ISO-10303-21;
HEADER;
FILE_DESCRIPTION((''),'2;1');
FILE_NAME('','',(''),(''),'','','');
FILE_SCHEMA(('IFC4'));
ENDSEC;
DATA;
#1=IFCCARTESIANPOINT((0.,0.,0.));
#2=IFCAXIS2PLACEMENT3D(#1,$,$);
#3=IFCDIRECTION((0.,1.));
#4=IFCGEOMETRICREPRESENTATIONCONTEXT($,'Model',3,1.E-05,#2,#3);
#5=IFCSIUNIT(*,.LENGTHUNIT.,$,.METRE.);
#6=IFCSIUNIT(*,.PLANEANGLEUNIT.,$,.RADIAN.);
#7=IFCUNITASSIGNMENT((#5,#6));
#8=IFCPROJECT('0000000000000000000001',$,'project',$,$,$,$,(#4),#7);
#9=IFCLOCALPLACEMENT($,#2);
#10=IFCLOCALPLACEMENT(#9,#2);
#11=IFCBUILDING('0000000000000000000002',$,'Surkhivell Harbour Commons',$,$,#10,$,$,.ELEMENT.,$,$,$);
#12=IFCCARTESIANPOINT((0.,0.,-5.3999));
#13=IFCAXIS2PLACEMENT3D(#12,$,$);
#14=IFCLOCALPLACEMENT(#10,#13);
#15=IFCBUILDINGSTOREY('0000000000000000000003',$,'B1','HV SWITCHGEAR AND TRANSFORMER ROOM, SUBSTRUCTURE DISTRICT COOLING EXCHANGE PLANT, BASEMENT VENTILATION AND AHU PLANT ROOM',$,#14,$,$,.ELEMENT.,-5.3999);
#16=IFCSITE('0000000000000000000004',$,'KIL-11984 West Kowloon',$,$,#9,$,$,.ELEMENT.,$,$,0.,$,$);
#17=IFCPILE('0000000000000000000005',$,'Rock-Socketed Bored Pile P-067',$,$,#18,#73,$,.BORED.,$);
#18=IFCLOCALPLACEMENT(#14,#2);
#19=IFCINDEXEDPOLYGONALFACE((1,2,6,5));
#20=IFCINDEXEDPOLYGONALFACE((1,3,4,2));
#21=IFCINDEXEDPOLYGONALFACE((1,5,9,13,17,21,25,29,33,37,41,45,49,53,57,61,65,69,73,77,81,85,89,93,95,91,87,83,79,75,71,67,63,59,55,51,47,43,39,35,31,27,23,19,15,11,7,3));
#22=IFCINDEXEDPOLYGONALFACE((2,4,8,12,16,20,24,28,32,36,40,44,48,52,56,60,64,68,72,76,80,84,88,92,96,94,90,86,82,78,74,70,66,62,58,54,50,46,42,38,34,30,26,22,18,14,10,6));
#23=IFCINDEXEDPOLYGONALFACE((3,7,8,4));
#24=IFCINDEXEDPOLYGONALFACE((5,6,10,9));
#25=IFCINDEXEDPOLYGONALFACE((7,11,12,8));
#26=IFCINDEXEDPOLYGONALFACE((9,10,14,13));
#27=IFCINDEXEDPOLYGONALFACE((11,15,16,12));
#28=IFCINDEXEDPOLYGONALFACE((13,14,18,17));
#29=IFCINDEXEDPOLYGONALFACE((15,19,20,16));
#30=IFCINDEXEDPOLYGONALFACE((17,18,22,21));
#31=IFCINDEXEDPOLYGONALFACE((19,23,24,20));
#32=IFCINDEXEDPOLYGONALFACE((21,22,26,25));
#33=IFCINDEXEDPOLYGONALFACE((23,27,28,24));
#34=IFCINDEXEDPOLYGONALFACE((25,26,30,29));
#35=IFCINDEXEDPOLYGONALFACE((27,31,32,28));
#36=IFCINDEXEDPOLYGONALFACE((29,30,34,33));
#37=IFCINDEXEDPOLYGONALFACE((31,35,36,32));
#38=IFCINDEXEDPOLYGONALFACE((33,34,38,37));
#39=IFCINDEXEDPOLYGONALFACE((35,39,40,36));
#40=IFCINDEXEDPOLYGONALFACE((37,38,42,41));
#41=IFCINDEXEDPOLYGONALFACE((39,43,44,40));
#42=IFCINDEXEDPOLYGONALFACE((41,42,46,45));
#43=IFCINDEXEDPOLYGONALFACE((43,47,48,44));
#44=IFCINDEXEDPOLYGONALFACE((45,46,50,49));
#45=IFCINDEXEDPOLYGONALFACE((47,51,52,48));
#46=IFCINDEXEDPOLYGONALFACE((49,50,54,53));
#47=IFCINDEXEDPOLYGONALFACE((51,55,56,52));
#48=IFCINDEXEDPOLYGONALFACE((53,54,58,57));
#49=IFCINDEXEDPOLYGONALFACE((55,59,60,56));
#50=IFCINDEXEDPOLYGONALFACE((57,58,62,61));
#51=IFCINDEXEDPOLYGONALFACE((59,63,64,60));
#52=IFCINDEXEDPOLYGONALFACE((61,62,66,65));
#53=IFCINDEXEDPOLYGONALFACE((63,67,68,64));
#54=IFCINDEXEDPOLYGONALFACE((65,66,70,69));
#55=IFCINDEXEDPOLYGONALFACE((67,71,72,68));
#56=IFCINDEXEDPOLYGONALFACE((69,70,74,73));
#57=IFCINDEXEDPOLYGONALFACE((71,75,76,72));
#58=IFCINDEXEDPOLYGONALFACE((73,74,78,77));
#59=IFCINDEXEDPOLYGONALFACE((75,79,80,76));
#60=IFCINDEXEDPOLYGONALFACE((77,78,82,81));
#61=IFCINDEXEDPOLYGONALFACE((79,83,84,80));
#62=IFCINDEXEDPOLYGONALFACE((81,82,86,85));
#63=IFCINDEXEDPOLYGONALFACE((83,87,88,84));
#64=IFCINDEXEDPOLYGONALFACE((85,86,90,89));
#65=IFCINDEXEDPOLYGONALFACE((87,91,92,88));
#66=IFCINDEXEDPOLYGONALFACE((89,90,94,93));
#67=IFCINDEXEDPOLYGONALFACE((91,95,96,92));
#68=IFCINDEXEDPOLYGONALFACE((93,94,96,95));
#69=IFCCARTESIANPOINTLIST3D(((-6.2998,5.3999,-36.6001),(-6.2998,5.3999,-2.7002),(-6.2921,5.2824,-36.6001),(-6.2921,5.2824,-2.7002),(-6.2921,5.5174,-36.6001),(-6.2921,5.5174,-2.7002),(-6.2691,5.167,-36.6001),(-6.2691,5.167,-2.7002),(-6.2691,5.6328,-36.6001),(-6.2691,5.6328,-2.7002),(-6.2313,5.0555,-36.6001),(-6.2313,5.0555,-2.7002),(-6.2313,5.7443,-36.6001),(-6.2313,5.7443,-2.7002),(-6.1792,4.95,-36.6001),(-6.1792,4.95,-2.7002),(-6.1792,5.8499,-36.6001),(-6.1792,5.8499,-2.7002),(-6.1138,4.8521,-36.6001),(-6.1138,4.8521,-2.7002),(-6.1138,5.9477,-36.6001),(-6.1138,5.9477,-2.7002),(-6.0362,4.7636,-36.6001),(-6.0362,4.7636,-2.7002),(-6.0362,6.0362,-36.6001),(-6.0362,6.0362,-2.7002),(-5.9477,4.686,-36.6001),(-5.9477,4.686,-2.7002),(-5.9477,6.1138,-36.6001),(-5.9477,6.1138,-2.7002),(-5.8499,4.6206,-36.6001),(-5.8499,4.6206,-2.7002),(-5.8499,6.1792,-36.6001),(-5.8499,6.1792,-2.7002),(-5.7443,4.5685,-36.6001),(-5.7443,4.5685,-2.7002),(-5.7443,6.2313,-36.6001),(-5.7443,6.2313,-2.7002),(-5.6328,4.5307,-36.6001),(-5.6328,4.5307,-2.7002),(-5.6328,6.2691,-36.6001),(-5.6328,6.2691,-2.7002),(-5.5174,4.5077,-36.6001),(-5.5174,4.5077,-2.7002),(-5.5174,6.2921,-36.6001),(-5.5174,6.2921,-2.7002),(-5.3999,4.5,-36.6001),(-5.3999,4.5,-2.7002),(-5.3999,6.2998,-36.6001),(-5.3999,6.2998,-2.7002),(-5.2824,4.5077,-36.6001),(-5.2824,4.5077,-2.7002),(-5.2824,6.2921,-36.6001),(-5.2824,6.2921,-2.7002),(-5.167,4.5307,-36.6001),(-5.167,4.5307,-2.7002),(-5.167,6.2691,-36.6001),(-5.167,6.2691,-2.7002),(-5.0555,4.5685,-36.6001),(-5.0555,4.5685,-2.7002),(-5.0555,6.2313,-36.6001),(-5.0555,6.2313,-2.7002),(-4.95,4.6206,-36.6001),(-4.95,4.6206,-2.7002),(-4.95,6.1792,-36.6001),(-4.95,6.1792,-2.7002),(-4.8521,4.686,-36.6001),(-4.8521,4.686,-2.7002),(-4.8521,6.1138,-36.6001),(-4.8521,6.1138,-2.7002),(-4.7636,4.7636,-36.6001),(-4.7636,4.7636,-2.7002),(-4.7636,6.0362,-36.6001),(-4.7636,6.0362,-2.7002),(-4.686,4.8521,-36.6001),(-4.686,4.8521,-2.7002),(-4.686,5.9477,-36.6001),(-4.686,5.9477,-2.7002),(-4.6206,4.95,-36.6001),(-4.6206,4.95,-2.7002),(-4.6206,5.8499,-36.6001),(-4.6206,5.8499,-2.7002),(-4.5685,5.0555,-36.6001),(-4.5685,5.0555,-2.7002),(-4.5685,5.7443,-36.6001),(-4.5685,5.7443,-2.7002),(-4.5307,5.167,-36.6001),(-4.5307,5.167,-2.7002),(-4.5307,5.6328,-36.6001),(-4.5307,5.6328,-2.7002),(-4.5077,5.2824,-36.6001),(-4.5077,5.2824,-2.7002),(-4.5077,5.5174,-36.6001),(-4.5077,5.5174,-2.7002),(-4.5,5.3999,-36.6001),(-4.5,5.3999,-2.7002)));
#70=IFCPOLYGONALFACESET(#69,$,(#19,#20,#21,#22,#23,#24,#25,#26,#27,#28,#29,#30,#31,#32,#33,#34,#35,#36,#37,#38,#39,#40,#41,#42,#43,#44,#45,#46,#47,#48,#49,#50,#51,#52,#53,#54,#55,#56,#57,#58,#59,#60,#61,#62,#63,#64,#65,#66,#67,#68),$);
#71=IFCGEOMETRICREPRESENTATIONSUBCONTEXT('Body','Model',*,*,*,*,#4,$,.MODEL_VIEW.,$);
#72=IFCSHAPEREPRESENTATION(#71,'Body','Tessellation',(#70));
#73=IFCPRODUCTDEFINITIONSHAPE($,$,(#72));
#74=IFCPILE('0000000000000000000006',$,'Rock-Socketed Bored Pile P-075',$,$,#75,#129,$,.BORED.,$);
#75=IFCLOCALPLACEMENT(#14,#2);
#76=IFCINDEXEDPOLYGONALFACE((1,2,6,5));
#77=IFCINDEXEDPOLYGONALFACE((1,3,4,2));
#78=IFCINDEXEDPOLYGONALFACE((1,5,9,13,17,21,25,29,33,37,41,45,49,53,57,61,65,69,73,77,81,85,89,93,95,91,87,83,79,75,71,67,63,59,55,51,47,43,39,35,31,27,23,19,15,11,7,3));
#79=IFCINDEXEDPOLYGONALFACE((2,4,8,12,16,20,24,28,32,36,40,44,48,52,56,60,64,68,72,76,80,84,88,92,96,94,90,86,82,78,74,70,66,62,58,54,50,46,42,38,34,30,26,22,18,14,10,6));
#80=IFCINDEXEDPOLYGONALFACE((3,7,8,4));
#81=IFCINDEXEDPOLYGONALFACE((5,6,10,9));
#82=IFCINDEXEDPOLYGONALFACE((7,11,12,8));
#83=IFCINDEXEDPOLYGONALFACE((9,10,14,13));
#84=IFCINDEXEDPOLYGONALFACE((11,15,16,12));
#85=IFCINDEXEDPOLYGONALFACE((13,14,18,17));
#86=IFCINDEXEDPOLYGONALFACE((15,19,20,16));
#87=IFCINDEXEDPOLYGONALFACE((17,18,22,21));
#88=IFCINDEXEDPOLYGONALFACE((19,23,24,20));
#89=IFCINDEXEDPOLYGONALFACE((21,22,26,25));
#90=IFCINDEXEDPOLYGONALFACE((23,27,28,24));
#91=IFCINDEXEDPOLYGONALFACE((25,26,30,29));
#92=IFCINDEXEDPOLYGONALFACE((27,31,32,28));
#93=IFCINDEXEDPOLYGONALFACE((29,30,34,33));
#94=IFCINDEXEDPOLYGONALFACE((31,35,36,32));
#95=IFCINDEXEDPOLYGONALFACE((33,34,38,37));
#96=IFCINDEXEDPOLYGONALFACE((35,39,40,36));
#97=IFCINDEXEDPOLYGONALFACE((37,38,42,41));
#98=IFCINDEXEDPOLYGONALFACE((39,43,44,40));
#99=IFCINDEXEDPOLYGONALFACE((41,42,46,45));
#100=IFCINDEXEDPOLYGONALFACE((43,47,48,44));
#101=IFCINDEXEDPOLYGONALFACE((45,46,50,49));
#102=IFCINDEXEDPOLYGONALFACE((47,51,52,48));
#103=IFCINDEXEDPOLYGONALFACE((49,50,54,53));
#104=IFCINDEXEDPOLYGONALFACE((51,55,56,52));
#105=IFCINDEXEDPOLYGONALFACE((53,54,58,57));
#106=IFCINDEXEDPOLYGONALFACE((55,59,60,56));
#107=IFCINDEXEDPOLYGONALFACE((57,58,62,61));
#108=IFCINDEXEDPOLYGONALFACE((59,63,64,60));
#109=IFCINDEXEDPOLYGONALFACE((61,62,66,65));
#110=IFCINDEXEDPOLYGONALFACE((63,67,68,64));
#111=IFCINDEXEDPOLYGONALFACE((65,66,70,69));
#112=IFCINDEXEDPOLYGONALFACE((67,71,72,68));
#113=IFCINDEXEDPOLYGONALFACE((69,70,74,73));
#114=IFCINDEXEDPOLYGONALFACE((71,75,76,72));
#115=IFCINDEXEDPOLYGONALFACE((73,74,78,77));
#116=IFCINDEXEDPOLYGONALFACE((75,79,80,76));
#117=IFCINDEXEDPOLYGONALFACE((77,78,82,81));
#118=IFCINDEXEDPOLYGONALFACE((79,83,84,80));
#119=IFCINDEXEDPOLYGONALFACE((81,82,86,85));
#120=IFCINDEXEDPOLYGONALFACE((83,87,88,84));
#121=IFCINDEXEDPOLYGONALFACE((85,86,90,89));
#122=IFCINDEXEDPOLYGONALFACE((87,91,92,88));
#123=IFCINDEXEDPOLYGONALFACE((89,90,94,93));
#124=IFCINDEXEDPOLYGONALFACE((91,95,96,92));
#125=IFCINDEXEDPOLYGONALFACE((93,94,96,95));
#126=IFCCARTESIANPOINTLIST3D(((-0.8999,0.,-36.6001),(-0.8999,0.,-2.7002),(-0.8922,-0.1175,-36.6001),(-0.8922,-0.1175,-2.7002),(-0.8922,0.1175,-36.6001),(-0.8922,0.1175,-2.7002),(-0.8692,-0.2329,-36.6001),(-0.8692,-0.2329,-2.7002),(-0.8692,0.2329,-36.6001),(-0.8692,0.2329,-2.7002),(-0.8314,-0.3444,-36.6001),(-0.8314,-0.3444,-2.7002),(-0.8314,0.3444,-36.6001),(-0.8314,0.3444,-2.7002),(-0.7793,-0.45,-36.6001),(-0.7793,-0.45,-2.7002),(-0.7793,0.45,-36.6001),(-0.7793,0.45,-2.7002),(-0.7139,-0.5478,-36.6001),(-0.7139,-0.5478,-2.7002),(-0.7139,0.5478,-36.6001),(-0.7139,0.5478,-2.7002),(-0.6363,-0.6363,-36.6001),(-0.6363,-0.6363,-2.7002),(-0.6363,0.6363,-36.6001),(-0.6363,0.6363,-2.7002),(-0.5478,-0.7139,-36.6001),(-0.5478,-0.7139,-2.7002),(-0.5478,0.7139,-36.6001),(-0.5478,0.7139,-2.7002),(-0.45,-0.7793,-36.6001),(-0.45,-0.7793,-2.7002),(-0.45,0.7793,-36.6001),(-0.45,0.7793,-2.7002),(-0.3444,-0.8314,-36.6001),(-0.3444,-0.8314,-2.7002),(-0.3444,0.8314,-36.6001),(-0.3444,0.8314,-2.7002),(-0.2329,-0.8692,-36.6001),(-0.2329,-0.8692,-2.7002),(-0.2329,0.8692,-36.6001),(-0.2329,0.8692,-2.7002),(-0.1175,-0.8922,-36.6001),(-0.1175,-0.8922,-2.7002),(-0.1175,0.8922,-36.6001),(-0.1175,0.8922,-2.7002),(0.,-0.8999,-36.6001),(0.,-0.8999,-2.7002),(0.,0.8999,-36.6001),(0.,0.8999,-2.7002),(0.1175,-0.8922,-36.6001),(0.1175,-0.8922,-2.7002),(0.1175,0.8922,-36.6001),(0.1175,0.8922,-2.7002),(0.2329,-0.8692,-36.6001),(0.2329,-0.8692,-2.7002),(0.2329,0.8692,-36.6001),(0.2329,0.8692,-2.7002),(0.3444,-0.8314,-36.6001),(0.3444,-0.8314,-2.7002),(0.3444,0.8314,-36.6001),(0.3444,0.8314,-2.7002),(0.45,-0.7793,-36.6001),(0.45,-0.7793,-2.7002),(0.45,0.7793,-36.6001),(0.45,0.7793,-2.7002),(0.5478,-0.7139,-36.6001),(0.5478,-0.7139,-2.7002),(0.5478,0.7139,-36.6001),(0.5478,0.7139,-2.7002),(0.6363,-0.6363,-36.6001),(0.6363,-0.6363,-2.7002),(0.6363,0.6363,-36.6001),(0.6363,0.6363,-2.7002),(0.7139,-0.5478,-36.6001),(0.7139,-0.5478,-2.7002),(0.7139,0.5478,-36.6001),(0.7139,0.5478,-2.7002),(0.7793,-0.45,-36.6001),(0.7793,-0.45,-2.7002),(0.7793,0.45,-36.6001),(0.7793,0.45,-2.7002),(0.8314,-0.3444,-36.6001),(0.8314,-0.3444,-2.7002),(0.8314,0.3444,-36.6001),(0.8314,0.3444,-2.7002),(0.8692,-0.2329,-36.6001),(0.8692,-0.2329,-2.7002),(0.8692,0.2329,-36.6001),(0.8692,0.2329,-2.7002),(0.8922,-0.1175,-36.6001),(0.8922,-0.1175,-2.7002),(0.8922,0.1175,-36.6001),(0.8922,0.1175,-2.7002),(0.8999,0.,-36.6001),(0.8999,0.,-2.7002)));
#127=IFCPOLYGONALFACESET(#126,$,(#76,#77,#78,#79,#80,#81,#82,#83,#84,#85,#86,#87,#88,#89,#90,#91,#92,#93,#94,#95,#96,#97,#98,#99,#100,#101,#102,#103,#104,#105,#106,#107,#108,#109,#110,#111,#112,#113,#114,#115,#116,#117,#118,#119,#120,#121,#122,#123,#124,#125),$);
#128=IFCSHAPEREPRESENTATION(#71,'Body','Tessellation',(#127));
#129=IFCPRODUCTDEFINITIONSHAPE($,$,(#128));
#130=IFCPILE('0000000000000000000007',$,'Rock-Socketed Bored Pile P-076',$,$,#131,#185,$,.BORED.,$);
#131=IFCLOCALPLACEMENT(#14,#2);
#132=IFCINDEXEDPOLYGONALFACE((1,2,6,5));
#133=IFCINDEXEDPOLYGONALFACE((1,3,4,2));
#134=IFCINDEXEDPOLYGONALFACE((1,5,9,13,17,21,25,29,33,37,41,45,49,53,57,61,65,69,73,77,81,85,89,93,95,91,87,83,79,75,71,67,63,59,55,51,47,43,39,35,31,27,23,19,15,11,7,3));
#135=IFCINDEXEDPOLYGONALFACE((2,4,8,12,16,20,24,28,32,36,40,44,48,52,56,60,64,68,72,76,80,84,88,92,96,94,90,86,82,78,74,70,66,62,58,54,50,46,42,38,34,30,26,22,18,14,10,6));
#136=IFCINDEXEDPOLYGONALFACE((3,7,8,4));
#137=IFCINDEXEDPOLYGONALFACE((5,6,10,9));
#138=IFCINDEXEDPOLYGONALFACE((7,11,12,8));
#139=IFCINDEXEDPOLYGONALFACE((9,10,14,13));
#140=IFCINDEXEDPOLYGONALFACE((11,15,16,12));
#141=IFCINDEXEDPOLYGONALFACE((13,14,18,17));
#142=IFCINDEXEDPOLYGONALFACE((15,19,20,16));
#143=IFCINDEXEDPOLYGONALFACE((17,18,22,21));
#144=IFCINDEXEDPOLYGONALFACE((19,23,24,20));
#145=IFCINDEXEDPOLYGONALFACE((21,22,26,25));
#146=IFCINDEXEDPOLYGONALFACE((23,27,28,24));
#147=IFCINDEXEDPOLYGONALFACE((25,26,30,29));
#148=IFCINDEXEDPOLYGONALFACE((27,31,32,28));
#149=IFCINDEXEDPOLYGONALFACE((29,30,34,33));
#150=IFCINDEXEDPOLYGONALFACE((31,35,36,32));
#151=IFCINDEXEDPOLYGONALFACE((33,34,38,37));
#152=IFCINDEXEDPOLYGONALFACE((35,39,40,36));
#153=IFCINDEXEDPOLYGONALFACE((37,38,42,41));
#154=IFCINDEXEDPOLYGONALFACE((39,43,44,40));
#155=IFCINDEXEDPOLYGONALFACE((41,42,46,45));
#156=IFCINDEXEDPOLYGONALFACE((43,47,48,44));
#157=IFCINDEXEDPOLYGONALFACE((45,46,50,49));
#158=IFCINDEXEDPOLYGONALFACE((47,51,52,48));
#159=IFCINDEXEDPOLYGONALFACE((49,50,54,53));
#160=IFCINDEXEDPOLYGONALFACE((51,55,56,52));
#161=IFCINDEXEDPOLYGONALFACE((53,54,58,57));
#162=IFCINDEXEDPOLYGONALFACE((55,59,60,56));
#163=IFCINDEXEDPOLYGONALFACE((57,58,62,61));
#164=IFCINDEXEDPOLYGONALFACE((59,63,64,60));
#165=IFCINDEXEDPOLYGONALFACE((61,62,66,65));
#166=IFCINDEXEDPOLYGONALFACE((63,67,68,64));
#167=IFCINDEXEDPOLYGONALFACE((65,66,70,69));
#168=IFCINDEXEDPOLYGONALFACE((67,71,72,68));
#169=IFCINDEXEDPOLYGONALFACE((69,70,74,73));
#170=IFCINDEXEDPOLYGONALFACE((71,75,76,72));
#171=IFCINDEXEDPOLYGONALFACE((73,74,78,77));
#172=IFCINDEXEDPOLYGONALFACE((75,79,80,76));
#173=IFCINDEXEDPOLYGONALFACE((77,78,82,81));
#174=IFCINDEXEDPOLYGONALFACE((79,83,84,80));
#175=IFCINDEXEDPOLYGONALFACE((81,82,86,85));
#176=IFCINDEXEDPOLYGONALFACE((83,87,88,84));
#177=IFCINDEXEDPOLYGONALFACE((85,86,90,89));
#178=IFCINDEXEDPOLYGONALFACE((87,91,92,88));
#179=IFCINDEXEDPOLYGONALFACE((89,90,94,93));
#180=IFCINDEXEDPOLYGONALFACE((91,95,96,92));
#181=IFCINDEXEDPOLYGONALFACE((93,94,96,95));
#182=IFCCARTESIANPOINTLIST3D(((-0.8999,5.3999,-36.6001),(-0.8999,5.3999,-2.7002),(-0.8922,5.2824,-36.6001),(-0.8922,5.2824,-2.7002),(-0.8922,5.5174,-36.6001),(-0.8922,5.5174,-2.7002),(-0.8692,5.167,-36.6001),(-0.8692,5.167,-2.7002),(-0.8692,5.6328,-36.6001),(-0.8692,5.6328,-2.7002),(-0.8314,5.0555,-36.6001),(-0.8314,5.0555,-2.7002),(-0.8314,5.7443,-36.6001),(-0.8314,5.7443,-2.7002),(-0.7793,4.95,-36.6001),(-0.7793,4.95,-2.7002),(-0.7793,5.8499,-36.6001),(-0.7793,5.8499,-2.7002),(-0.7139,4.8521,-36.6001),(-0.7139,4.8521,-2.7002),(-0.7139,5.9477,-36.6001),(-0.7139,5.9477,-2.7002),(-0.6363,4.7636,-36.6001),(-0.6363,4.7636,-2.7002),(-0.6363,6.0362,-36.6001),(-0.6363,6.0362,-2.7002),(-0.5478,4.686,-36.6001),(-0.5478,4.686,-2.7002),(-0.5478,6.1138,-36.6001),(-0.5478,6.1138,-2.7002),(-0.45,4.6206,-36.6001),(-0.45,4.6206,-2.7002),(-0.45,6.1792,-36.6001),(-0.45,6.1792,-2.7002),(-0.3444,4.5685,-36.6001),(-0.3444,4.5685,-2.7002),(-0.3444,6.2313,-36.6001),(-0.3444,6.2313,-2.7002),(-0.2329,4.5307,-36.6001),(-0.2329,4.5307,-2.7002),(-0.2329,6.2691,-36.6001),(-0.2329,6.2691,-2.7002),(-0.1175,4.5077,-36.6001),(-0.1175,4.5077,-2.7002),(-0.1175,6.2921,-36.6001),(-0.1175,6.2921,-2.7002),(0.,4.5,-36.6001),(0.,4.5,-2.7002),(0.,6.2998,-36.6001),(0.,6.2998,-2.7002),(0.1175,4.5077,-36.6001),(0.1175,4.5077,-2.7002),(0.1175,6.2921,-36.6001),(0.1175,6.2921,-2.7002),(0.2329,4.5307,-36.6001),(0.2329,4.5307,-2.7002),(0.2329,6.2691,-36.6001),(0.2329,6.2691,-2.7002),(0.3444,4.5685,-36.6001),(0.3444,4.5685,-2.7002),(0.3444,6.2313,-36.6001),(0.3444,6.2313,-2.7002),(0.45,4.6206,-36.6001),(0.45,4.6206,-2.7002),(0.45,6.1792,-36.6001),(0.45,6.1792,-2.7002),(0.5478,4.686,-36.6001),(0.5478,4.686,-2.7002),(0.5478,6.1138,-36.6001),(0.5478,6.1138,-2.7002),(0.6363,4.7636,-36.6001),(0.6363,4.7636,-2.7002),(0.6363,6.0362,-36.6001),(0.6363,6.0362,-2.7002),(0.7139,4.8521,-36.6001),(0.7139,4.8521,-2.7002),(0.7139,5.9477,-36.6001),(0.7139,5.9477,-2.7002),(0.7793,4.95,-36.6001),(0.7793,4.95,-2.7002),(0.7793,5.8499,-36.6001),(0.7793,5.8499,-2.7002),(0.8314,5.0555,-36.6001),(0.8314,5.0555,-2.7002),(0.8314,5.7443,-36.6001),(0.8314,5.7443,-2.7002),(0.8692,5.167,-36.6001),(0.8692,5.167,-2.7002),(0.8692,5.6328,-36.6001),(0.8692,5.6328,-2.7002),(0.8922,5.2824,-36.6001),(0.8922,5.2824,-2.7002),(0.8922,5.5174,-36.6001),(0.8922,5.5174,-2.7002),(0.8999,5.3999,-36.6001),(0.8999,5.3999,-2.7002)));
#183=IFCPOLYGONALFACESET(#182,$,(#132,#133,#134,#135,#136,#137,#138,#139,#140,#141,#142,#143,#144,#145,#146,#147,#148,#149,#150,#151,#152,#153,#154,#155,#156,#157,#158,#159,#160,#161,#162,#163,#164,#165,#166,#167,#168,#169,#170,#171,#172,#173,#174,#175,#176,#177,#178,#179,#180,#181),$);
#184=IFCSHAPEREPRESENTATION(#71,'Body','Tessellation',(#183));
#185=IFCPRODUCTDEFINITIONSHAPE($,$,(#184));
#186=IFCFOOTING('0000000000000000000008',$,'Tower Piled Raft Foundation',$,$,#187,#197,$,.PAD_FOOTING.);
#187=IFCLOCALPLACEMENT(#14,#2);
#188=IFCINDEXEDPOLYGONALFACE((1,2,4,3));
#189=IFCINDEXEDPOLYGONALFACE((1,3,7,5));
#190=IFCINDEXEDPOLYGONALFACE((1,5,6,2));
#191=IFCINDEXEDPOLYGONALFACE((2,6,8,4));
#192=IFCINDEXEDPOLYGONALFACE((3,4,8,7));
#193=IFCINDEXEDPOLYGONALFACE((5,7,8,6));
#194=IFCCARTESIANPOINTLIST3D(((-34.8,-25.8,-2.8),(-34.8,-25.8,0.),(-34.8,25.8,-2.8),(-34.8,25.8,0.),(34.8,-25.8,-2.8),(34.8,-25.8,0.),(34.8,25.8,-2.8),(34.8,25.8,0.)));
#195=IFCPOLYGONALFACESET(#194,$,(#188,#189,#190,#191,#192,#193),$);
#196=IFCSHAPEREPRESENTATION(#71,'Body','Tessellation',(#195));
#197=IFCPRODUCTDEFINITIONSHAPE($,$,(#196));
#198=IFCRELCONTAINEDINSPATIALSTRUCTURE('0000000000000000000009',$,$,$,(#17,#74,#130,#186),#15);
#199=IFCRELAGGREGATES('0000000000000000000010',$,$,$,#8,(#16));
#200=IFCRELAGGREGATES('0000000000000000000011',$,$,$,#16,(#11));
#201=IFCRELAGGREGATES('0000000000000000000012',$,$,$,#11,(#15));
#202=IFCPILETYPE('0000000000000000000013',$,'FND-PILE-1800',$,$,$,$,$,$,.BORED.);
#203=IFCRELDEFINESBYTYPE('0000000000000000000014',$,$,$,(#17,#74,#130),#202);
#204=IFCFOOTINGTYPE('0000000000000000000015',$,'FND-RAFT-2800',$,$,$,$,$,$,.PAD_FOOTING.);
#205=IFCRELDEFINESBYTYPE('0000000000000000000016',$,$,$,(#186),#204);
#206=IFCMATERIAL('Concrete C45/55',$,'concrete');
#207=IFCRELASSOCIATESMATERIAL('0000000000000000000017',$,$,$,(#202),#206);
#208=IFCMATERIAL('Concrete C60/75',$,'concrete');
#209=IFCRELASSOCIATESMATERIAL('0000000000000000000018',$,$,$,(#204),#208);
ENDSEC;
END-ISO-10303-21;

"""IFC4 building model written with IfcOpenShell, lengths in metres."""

from ifc_helpers import new_model, si_unit, direction, frame, origin, origin_2d, place, context, subcontext, project, spatial, polyline, circle, outline, extrude, material, material_profile, profile_set, type_object, element, save


model = new_model("IFC4")

# Units and contexts
model_context = context("Model", 3, precision=1e-05, world=origin(), true_north=direction((0.0, 1.0)))
body_context = subcontext(model_context, "Body", "Model", "MODEL_VIEW")
ifc_project = project(units=[si_unit("LENGTHUNIT", "METRE"), si_unit("PLANEANGLEUNIT", "RADIAN")], contexts=[model_context])

# Site, building, storey
site_placement = place(None, origin())
site = spatial("IfcSite", under=ifc_project, at=site_placement, Name="KIL-11984 West Kowloon", CompositionType="ELEMENT", RefElevation=0.0)
building_placement = place(site_placement, origin())
building = spatial("IfcBuilding", under=site, at=building_placement, Name="Surkhivell Harbour Commons", CompositionType="ELEMENT")
storey_placement = place(building_placement, frame((0.0, 0.0, -5.3999)))
storey = spatial("IfcBuildingStorey", under=building, at=storey_placement, Name="B1", Description="HV SWITCHGEAR AND TRANSFORMER ROOM, SUBSTRUCTURE DISTRICT COOLING EXCHANGE PLANT, BASEMENT VENTILATION AND AHU PLANT ROOM", CompositionType="ELEMENT", Elevation=-5.3999)

# Piles
ifc_material_1 = material(Name="Concrete C45/55", Category="concrete")
ifc_material_profile_1 = material_profile(ifc_material_1, circle(Radius=0.8999, at=origin_2d()), Name="PILE-1800")
ifc_profile_set_1 = profile_set([ifc_material_profile_1], Name="Concrete C45/55")
pile_type_1 = type_object("IfcPileType", Name="FND-PILE-1800", PredefinedType="BORED", material=ifc_profile_set_1)
for number, where, z_axis, x_axis, name in (
    (1, (-5.3999, 5.3999, -2.7002), (0.0, 0.0, -1.0), (1.0, 0.0, 0.0), "Rock-Socketed Bored Pile P-067"),
    (2, (0.0, 0.0, -2.7002), (0.0, 0.0, -1.0), (1.0, 0.0, 0.0), "Rock-Socketed Bored Pile P-075"),
    (3, (0.0, 5.3999, -2.7002), (0.0, 0.0, -1.0), (1.0, 0.0, 0.0), "Rock-Socketed Bored Pile P-076"),
):
    element("IfcPile", number, at=place(storey_placement, frame(where, z_axis=z_axis, x_axis=x_axis)), inside=storey, type_object=pile_type_1, Name=name, PredefinedType="BORED", context=body_context, shape_type="SweptSolid", body=[
        extrude(circle(Radius=0.8999, at=origin_2d()), origin(), (0.0, 0.0, 1.0), 33.8999),
    ])

# Footing
ifc_material_2 = material(Name="Concrete C60/75", Category="concrete")
footing_type = type_object("IfcFootingType", Name="FND-RAFT-2800", PredefinedType="PAD_FOOTING", material=ifc_material_2)
footing_placement = place(storey_placement, frame((0.0, 0.0, -2.8)))
element("IfcFooting", 4, at=footing_placement, inside=storey, type_object=footing_type, Name="Tower Piled Raft Foundation", PredefinedType="PAD_FOOTING", context=body_context, shape_type="SweptSolid", body=[
    extrude(outline(polyline([(-34.8, -25.8), (34.8, -25.8), (34.8, 25.8), (-34.8, 25.8), (-34.8, -25.8)])), origin(), (0.0, 0.0, 1.0), 2.8),
])

save(model, "model.ifc")
